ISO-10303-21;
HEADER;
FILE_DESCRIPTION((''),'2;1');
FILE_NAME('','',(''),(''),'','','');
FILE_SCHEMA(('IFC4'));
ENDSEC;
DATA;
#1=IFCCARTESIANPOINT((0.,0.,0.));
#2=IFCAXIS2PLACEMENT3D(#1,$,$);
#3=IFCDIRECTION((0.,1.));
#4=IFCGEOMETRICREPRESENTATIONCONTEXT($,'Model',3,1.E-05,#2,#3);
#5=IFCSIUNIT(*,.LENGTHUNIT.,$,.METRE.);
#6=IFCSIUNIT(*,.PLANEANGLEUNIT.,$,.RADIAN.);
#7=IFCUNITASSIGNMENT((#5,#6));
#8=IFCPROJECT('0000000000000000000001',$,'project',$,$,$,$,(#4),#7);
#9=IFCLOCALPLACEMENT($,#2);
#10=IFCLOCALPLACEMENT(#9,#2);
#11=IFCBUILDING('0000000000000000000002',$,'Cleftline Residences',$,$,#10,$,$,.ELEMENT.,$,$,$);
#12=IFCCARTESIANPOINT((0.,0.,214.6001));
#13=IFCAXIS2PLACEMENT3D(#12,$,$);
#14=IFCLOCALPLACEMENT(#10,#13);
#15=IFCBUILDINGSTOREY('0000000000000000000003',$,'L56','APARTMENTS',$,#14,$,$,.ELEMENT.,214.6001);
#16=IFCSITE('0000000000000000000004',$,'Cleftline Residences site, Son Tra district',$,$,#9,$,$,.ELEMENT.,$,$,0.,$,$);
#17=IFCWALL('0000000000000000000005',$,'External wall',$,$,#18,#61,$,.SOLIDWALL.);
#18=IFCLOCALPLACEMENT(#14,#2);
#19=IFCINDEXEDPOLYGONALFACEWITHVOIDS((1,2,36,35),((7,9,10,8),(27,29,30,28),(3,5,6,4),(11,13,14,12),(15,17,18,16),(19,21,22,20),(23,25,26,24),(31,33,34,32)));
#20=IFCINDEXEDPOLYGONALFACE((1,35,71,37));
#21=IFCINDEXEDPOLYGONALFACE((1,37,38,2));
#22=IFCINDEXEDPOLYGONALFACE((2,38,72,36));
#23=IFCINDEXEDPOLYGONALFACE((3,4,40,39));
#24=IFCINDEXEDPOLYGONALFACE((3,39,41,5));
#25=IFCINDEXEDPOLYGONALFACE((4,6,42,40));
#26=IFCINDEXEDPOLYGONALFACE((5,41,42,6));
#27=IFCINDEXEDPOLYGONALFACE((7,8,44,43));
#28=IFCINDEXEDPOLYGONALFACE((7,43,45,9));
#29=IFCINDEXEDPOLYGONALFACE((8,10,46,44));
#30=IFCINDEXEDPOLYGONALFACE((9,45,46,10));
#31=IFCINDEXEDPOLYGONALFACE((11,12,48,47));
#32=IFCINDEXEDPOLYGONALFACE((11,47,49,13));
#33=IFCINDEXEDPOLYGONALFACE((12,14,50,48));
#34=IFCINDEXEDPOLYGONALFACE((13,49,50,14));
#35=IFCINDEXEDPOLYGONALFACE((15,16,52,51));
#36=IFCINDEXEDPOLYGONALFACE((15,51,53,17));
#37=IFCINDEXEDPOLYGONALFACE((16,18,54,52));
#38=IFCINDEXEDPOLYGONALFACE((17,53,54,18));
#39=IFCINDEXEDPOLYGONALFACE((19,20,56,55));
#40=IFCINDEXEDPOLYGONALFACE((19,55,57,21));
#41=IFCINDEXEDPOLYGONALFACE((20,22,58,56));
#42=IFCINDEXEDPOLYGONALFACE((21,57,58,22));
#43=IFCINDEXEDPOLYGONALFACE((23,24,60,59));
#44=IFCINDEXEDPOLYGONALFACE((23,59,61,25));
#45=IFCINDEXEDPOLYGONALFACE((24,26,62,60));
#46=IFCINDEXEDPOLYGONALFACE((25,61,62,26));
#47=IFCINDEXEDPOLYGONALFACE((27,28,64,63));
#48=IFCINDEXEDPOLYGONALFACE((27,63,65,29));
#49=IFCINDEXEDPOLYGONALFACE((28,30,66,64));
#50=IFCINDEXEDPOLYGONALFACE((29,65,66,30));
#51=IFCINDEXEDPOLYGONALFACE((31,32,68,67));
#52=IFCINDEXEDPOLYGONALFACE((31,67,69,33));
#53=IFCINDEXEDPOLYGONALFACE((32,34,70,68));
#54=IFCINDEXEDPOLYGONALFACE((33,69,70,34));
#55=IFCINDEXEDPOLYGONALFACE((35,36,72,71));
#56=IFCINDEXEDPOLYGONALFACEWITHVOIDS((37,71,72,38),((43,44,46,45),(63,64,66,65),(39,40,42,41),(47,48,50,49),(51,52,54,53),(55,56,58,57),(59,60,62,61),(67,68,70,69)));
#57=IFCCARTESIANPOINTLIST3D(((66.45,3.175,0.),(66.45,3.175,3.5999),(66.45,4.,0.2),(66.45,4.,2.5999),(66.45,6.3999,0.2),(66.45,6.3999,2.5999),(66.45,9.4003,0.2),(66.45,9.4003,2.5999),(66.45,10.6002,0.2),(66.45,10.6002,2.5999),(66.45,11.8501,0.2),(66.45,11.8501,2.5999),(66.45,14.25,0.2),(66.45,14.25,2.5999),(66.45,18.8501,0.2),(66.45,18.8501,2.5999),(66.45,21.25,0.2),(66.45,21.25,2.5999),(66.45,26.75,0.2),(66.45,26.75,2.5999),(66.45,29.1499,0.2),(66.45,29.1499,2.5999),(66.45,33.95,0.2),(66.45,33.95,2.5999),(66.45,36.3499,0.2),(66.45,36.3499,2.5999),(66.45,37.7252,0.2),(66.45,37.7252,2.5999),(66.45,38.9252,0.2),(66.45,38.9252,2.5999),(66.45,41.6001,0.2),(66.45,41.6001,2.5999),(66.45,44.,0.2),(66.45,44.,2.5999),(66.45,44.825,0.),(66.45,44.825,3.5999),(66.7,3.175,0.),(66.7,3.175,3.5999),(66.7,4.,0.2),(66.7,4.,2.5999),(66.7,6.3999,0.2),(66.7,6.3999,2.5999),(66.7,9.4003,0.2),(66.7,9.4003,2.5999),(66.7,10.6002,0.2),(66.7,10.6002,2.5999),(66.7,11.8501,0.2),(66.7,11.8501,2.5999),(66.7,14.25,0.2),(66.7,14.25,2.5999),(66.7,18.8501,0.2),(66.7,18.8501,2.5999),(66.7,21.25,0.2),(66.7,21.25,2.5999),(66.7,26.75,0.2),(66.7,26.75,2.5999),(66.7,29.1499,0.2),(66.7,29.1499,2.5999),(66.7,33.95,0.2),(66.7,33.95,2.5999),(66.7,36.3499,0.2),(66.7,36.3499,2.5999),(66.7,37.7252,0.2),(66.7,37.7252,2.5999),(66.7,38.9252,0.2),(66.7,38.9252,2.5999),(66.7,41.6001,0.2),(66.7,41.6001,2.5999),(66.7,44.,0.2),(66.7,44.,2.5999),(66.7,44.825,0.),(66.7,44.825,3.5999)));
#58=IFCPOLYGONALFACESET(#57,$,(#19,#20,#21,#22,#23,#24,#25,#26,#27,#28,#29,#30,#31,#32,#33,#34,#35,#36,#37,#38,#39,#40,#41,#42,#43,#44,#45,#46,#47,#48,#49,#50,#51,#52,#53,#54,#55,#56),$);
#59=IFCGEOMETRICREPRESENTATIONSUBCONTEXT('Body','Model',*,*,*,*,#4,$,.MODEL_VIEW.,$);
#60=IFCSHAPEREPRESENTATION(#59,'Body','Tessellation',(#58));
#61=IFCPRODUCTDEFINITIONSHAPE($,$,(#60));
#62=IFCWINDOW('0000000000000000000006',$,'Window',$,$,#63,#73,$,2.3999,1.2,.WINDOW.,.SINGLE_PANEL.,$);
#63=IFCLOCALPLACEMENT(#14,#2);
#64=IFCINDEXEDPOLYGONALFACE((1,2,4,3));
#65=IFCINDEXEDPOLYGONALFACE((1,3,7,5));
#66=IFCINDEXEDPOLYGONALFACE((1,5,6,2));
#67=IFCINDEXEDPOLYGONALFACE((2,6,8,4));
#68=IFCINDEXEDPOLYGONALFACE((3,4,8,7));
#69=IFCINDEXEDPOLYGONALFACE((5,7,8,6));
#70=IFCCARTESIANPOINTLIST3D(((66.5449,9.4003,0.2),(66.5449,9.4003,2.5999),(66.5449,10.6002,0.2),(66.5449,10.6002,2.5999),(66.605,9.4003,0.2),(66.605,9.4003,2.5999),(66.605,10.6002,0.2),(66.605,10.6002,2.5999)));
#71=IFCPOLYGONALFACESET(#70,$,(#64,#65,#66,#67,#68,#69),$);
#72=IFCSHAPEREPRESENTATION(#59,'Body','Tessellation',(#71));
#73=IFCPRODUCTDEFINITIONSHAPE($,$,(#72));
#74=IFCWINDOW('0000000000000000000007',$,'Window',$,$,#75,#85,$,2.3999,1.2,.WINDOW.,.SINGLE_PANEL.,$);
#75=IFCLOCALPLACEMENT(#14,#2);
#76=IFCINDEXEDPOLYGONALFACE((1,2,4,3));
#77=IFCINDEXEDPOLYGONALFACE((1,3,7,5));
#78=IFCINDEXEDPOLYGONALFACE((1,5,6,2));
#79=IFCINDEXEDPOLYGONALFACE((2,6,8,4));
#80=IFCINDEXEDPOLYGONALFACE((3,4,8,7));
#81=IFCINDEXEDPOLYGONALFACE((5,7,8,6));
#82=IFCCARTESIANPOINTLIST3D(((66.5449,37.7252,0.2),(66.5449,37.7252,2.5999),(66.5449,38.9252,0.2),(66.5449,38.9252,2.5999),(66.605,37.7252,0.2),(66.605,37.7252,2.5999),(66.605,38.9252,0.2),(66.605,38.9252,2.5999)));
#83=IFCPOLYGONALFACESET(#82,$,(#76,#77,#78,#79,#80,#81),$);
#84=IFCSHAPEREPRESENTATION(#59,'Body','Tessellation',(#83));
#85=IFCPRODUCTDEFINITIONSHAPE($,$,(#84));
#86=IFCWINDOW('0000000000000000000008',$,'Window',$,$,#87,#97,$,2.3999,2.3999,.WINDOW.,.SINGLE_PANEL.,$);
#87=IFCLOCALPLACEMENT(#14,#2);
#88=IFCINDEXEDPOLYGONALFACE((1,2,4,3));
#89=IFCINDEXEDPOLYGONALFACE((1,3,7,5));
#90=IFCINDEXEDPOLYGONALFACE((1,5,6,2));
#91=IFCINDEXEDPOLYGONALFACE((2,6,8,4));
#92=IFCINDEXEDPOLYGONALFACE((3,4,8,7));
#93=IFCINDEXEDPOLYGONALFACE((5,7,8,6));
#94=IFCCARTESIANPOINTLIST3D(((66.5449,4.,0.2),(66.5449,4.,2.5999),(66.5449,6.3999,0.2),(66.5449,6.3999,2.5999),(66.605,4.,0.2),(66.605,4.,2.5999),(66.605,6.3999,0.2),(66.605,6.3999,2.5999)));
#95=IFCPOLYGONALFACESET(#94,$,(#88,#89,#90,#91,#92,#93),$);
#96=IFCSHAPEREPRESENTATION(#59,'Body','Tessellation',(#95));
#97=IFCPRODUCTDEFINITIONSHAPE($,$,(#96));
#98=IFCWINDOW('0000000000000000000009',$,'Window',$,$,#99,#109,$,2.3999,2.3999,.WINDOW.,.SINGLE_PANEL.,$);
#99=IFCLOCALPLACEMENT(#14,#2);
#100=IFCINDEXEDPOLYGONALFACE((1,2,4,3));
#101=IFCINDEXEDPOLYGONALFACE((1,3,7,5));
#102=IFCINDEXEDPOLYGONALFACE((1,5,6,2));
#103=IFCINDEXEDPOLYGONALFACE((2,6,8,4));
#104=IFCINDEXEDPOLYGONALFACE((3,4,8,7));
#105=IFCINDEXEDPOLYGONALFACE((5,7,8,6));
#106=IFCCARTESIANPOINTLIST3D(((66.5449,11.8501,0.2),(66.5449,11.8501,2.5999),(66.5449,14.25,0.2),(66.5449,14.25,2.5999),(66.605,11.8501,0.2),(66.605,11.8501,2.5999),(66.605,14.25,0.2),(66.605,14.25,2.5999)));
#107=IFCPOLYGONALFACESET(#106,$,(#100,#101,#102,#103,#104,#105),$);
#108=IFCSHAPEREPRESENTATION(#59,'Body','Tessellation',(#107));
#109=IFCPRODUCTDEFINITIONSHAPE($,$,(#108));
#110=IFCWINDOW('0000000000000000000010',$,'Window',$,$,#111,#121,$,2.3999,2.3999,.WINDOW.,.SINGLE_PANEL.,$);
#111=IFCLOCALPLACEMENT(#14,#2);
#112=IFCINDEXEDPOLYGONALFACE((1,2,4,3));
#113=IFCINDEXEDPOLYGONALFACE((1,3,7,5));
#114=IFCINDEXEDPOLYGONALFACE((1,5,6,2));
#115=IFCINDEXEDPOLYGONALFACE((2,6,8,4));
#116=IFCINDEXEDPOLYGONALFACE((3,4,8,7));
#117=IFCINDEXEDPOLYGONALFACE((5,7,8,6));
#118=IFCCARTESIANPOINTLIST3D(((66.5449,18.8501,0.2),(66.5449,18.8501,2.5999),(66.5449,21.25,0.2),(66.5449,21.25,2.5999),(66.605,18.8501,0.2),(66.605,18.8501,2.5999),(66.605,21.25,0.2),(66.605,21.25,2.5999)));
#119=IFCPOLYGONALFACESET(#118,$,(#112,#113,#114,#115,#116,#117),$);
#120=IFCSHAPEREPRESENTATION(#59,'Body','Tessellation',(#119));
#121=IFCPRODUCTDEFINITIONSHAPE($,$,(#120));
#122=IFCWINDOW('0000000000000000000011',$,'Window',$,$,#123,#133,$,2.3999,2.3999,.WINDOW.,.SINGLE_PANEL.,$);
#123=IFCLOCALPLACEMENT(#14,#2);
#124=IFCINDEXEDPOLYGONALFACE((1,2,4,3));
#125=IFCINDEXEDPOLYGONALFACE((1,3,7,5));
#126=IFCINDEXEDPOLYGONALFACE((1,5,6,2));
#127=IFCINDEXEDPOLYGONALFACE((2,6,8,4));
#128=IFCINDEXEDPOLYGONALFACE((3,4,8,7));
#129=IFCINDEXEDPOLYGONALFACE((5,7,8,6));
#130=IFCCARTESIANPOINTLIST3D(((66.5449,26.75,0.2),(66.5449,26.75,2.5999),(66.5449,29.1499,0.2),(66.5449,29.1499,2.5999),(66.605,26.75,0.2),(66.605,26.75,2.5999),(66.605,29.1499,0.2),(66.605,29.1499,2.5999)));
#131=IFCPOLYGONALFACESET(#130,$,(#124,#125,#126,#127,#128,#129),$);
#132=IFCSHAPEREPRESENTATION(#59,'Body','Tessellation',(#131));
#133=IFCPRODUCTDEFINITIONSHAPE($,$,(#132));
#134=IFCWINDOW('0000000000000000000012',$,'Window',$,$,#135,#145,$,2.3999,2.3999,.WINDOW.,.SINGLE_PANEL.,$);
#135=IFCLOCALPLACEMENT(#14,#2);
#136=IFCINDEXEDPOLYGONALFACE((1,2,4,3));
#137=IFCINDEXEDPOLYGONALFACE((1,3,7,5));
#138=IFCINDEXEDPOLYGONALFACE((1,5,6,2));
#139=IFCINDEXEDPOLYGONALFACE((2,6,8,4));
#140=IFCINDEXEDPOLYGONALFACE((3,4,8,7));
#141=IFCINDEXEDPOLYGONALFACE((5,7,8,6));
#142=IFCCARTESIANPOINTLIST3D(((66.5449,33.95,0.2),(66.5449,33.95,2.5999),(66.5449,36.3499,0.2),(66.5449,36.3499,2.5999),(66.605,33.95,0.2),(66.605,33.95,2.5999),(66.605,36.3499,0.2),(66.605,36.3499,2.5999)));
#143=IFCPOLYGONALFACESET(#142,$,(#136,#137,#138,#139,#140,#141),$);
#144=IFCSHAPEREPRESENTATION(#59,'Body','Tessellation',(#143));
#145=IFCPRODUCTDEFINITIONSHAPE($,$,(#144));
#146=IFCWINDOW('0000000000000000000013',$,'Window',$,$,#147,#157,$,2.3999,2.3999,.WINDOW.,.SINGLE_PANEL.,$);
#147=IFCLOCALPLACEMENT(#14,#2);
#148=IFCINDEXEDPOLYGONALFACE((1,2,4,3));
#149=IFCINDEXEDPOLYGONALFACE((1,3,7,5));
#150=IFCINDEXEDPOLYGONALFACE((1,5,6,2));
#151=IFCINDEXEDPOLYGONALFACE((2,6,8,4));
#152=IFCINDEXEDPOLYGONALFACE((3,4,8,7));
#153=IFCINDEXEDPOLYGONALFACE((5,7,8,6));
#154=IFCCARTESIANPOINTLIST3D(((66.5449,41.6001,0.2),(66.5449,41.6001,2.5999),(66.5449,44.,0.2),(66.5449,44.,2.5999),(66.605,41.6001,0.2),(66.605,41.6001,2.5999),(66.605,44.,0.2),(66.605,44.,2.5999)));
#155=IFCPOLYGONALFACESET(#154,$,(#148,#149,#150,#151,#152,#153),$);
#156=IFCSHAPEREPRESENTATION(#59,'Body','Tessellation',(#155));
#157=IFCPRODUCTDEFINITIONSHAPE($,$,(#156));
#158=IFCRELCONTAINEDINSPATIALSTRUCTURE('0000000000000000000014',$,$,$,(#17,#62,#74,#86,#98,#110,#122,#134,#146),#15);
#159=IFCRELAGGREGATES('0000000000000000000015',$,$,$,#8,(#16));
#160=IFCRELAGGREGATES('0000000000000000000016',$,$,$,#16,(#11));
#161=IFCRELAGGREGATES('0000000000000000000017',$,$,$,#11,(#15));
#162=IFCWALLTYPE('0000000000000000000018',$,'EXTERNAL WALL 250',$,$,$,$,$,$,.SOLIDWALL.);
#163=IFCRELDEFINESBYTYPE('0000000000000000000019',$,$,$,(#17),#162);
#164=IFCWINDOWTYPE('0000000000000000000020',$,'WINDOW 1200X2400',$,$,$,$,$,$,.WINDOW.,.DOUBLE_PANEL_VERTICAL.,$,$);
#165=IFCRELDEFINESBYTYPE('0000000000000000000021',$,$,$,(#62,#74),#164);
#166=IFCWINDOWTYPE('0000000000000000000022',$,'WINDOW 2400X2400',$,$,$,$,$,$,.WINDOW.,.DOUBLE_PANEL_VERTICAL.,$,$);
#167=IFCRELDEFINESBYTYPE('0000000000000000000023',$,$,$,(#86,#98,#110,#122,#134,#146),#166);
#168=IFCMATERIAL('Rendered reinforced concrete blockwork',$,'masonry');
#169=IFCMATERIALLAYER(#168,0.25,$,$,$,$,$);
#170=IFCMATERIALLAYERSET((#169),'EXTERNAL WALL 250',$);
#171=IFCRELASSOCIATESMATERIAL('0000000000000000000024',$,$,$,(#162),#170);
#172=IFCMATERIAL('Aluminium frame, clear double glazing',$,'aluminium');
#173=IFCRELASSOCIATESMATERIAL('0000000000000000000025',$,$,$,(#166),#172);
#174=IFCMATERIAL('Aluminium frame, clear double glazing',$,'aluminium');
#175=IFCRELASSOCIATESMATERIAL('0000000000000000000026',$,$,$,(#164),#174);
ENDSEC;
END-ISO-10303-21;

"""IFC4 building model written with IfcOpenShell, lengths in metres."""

from ifc_helpers import new_model, si_unit, direction, frame, frame_2d, origin, place, context, subcontext, project, spatial, rectangle, extrude, material, layer, layer_set, type_object, element, fill, save


model = new_model("IFC4")

# Units and contexts
model_context = context("Model", 3, precision=1e-05, world=origin(), true_north=direction((0.0, 1.0)))
body_context = subcontext(model_context, "Body", "Model", "MODEL_VIEW")
ifc_project = project(units=[si_unit("LENGTHUNIT", "METRE"), si_unit("PLANEANGLEUNIT", "RADIAN")], contexts=[model_context])

# Site, building, storey
site_placement = place(None, origin())
site = spatial("IfcSite", under=ifc_project, at=site_placement, Name="Cleftline Residences site, Son Tra district", CompositionType="ELEMENT", RefElevation=0.0)
building_placement = place(site_placement, origin())
building = spatial("IfcBuilding", under=site, at=building_placement, Name="Cleftline Residences", CompositionType="ELEMENT")
storey_placement = place(building_placement, frame((0.0, 0.0, 214.6001)))
storey = spatial("IfcBuildingStorey", under=building, at=storey_placement, Name="L56", Description="APARTMENTS", CompositionType="ELEMENT", Elevation=214.6001)

# Shared definitions
ifc_material_1 = material(Name="Rendered reinforced concrete blockwork", Category="masonry")
ifc_layer_1 = layer(ifc_material_1, 0.25)
ifc_layer_set_1 = layer_set([ifc_layer_1], Name="EXTERNAL WALL 250")
wall_type_1 = type_object("IfcWallType", Name="EXTERNAL WALL 250", PredefinedType="SOLIDWALL", material=ifc_layer_set_1)
ifc_material_2 = material(Name="Aluminium frame, clear double glazing", Category="aluminium")
window_type_1 = type_object("IfcWindowType", Name="WINDOW 2400X2400", PartitioningType="DOUBLE_PANEL_VERTICAL", PredefinedType="WINDOW", material=ifc_material_2)

# Wall, openings, windows
wall_1_placement = place(storey_placement, frame((66.575, 3.175, 0.0), z_axis=(0.0, 0.0, 1.0), x_axis=(0.0, 1.0, 0.0)))
wall_1 = element("IfcWall", 1, at=wall_1_placement, inside=storey, type_object=wall_type_1, Name="External wall", PredefinedType="SOLIDWALL", context=body_context, shape_type="SweptSolid", body=[
    extrude(rectangle(XDim=41.6499, YDim=0.25, at=frame_2d((20.825, 0.0))), origin(), (0.0, 0.0, 1.0), 3.5999),
])
opening_1_placement = place(wall_1_placement, frame((0.825, 0.0, 0.2)))
opening_1 = element("IfcOpeningElement", 2, at=opening_1_placement, cuts=wall_1, PredefinedType="OPENING", context=body_context, shape_type="SweptSolid", body=[
    extrude(rectangle(XDim=2.3999, YDim=2.3999, at=frame_2d((1.2, 1.2))), frame((0.0, 0.135, 0.0), z_axis=(0.0, -1.0, 0.0), x_axis=(1.0, 0.0, 0.0)), (0.0, 0.0, 1.0), 0.27),
])
opening_2_placement = place(wall_1_placement, frame((6.2251, 0.0, 0.2)))
opening_2 = element("IfcOpeningElement", 3, at=opening_2_placement, cuts=wall_1, PredefinedType="OPENING", context=body_context, shape_type="SweptSolid", body=[
    extrude(rectangle(XDim=1.2, YDim=2.3999, at=frame_2d((0.6001, 1.2))), frame((0.0, 0.135, 0.0), z_axis=(0.0, -1.0, 0.0), x_axis=(1.0, 0.0, 0.0)), (0.0, 0.0, 1.0), 0.27),
])
opening_3_placement = place(wall_1_placement, frame((8.675, 0.0, 0.2)))
opening_3 = element("IfcOpeningElement", 4, at=opening_3_placement, cuts=wall_1, PredefinedType="OPENING", context=body_context, shape_type="SweptSolid", body=[
    extrude(rectangle(XDim=2.3999, YDim=2.3999, at=frame_2d((1.2, 1.2))), frame((0.0, 0.135, 0.0), z_axis=(0.0, -1.0, 0.0), x_axis=(1.0, 0.0, 0.0)), (0.0, 0.0, 1.0), 0.27),
])
opening_4_placement = place(wall_1_placement, frame((15.675, 0.0, 0.2)))
opening_4 = element("IfcOpeningElement", 5, at=opening_4_placement, cuts=wall_1, PredefinedType="OPENING", context=body_context, shape_type="SweptSolid", body=[
    extrude(rectangle(XDim=2.3999, YDim=2.3999, at=frame_2d((1.2, 1.2))), frame((0.0, 0.135, 0.0), z_axis=(0.0, -1.0, 0.0), x_axis=(1.0, 0.0, 0.0)), (0.0, 0.0, 1.0), 0.27),
])
opening_5_placement = place(wall_1_placement, frame((23.575, 0.0, 0.2)))
opening_5 = element("IfcOpeningElement", 6, at=opening_5_placement, cuts=wall_1, PredefinedType="OPENING", context=body_context, shape_type="SweptSolid", body=[
    extrude(rectangle(XDim=2.3999, YDim=2.3999, at=frame_2d((1.2, 1.2))), frame((0.0, 0.135, 0.0), z_axis=(0.0, -1.0, 0.0), x_axis=(1.0, 0.0, 0.0)), (0.0, 0.0, 1.0), 0.27),
])
opening_6_placement = place(wall_1_placement, frame((30.7749, 0.0, 0.2)))
opening_6 = element("IfcOpeningElement", 7, at=opening_6_placement, cuts=wall_1, PredefinedType="OPENING", context=body_context, shape_type="SweptSolid", body=[
    extrude(rectangle(XDim=2.3999, YDim=2.3999, at=frame_2d((1.2, 1.2))), frame((0.0, 0.135, 0.0), z_axis=(0.0, -1.0, 0.0), x_axis=(1.0, 0.0, 0.0)), (0.0, 0.0, 1.0), 0.27),
])
opening_7_placement = place(wall_1_placement, frame((34.55, 0.0, 0.2)))
opening_7 = element("IfcOpeningElement", 8, at=opening_7_placement, cuts=wall_1, PredefinedType="OPENING", context=body_context, shape_type="SweptSolid", body=[
    extrude(rectangle(XDim=1.2, YDim=2.3999, at=frame_2d((0.6001, 1.2))), frame((0.0, 0.135, 0.0), z_axis=(0.0, -1.0, 0.0), x_axis=(1.0, 0.0, 0.0)), (0.0, 0.0, 1.0), 0.27),
])
opening_8_placement = place(wall_1_placement, frame((38.425, 0.0, 0.2)))
opening_8 = element("IfcOpeningElement", 9, at=opening_8_placement, cuts=wall_1, PredefinedType="OPENING", context=body_context, shape_type="SweptSolid", body=[
    extrude(rectangle(XDim=2.3999, YDim=2.3999, at=frame_2d((1.2, 1.2))), frame((0.0, 0.135, 0.0), z_axis=(0.0, -1.0, 0.0), x_axis=(1.0, 0.0, 0.0)), (0.0, 0.0, 1.0), 0.27),
])
ifc_material_3 = material(Name="Aluminium frame, clear double glazing", Category="aluminium")
window_type_2 = type_object("IfcWindowType", Name="WINDOW 1200X2400", PartitioningType="DOUBLE_PANEL_VERTICAL", PredefinedType="WINDOW", material=ifc_material_3)
window_1_placement = place(opening_2_placement, origin())
window_1 = element("IfcWindow", 10, at=window_1_placement, inside=storey, type_object=window_type_2, Name="Window", OverallHeight=2.3999, OverallWidth=1.2, PartitioningType="SINGLE_PANEL", PredefinedType="WINDOW", context=body_context, shape_type="SweptSolid", body=[
    extrude(rectangle(XDim=1.2, YDim=2.3999, at=frame_2d((0.6001, 1.2))), frame((0.0, 0.03, 0.0), z_axis=(0.0, -1.0, 0.0), x_axis=(1.0, 0.0, 0.0)), (0.0, 0.0, 1.0), 0.0601),
])
fill(opening_2, window_1)
window_2_placement = place(opening_7_placement, origin())
window_2 = element("IfcWindow", 11, at=window_2_placement, inside=storey, type_object=window_type_2, Name="Window", OverallHeight=2.3999, OverallWidth=1.2, PartitioningType="SINGLE_PANEL", PredefinedType="WINDOW", context=body_context, shape_type="SweptSolid", body=[
    extrude(rectangle(XDim=1.2, YDim=2.3999, at=frame_2d((0.6001, 1.2))), frame((0.0, 0.03, 0.0), z_axis=(0.0, -1.0, 0.0), x_axis=(1.0, 0.0, 0.0)), (0.0, 0.0, 1.0), 0.0601),
])
fill(opening_7, window_2)
window_3_placement = place(opening_1_placement, origin())
window_3 = element("IfcWindow", 12, at=window_3_placement, inside=storey, type_object=window_type_1, Name="Window", OverallHeight=2.3999, OverallWidth=2.3999, PartitioningType="SINGLE_PANEL", PredefinedType="WINDOW", context=body_context, shape_type="SweptSolid", body=[
    extrude(rectangle(XDim=2.3999, YDim=2.3999, at=frame_2d((1.2, 1.2))), frame((0.0, 0.03, 0.0), z_axis=(0.0, -1.0, 0.0), x_axis=(1.0, 0.0, 0.0)), (0.0, 0.0, 1.0), 0.0601),
])
fill(opening_1, window_3)
window_4_placement = place(opening_3_placement, origin())
window_4 = element("IfcWindow", 13, at=window_4_placement, inside=storey, type_object=window_type_1, Name="Window", OverallHeight=2.3999, OverallWidth=2.3999, PartitioningType="SINGLE_PANEL", PredefinedType="WINDOW", context=body_context, shape_type="SweptSolid", body=[
    extrude(rectangle(XDim=2.3999, YDim=2.3999, at=frame_2d((1.2, 1.2))), frame((0.0, 0.03, 0.0), z_axis=(0.0, -1.0, 0.0), x_axis=(1.0, 0.0, 0.0)), (0.0, 0.0, 1.0), 0.0601),
])
fill(opening_3, window_4)
window_5_placement = place(opening_4_placement, origin())
window_5 = element("IfcWindow", 14, at=window_5_placement, inside=storey, type_object=window_type_1, Name="Window", OverallHeight=2.3999, OverallWidth=2.3999, PartitioningType="SINGLE_PANEL", PredefinedType="WINDOW", context=body_context, shape_type="SweptSolid", body=[
    extrude(rectangle(XDim=2.3999, YDim=2.3999, at=frame_2d((1.2, 1.2))), frame((0.0, 0.03, 0.0), z_axis=(0.0, -1.0, 0.0), x_axis=(1.0, 0.0, 0.0)), (0.0, 0.0, 1.0), 0.0601),
])
fill(opening_4, window_5)
window_6_placement = place(opening_5_placement, origin())
window_6 = element("IfcWindow", 15, at=window_6_placement, inside=storey, type_object=window_type_1, Name="Window", OverallHeight=2.3999, OverallWidth=2.3999, PartitioningType="SINGLE_PANEL", PredefinedType="WINDOW", context=body_context, shape_type="SweptSolid", body=[
    extrude(rectangle(XDim=2.3999, YDim=2.3999, at=frame_2d((1.2, 1.2))), frame((0.0, 0.03, 0.0), z_axis=(0.0, -1.0, 0.0), x_axis=(1.0, 0.0, 0.0)), (0.0, 0.0, 1.0), 0.0601),
])
fill(opening_5, window_6)
window_7_placement = place(opening_6_placement, origin())
window_7 = element("IfcWindow", 16, at=window_7_placement, inside=storey, type_object=window_type_1, Name="Window", OverallHeight=2.3999, OverallWidth=2.3999, PartitioningType="SINGLE_PANEL", PredefinedType="WINDOW", context=body_context, shape_type="SweptSolid", body=[
    extrude(rectangle(XDim=2.3999, YDim=2.3999, at=frame_2d((1.2, 1.2))), frame((0.0, 0.03, 0.0), z_axis=(0.0, -1.0, 0.0), x_axis=(1.0, 0.0, 0.0)), (0.0, 0.0, 1.0), 0.0601),
])
fill(opening_6, window_7)
window_8_placement = place(opening_8_placement, origin())
window_8 = element("IfcWindow", 17, at=window_8_placement, inside=storey, type_object=window_type_1, Name="Window", OverallHeight=2.3999, OverallWidth=2.3999, PartitioningType="SINGLE_PANEL", PredefinedType="WINDOW", context=body_context, shape_type="SweptSolid", body=[
    extrude(rectangle(XDim=2.3999, YDim=2.3999, at=frame_2d((1.2, 1.2))), frame((0.0, 0.03, 0.0), z_axis=(0.0, -1.0, 0.0), x_axis=(1.0, 0.0, 0.0)), (0.0, 0.0, 1.0), 0.0601),
])
fill(opening_8, window_8)

save(model, "model.ifc")
